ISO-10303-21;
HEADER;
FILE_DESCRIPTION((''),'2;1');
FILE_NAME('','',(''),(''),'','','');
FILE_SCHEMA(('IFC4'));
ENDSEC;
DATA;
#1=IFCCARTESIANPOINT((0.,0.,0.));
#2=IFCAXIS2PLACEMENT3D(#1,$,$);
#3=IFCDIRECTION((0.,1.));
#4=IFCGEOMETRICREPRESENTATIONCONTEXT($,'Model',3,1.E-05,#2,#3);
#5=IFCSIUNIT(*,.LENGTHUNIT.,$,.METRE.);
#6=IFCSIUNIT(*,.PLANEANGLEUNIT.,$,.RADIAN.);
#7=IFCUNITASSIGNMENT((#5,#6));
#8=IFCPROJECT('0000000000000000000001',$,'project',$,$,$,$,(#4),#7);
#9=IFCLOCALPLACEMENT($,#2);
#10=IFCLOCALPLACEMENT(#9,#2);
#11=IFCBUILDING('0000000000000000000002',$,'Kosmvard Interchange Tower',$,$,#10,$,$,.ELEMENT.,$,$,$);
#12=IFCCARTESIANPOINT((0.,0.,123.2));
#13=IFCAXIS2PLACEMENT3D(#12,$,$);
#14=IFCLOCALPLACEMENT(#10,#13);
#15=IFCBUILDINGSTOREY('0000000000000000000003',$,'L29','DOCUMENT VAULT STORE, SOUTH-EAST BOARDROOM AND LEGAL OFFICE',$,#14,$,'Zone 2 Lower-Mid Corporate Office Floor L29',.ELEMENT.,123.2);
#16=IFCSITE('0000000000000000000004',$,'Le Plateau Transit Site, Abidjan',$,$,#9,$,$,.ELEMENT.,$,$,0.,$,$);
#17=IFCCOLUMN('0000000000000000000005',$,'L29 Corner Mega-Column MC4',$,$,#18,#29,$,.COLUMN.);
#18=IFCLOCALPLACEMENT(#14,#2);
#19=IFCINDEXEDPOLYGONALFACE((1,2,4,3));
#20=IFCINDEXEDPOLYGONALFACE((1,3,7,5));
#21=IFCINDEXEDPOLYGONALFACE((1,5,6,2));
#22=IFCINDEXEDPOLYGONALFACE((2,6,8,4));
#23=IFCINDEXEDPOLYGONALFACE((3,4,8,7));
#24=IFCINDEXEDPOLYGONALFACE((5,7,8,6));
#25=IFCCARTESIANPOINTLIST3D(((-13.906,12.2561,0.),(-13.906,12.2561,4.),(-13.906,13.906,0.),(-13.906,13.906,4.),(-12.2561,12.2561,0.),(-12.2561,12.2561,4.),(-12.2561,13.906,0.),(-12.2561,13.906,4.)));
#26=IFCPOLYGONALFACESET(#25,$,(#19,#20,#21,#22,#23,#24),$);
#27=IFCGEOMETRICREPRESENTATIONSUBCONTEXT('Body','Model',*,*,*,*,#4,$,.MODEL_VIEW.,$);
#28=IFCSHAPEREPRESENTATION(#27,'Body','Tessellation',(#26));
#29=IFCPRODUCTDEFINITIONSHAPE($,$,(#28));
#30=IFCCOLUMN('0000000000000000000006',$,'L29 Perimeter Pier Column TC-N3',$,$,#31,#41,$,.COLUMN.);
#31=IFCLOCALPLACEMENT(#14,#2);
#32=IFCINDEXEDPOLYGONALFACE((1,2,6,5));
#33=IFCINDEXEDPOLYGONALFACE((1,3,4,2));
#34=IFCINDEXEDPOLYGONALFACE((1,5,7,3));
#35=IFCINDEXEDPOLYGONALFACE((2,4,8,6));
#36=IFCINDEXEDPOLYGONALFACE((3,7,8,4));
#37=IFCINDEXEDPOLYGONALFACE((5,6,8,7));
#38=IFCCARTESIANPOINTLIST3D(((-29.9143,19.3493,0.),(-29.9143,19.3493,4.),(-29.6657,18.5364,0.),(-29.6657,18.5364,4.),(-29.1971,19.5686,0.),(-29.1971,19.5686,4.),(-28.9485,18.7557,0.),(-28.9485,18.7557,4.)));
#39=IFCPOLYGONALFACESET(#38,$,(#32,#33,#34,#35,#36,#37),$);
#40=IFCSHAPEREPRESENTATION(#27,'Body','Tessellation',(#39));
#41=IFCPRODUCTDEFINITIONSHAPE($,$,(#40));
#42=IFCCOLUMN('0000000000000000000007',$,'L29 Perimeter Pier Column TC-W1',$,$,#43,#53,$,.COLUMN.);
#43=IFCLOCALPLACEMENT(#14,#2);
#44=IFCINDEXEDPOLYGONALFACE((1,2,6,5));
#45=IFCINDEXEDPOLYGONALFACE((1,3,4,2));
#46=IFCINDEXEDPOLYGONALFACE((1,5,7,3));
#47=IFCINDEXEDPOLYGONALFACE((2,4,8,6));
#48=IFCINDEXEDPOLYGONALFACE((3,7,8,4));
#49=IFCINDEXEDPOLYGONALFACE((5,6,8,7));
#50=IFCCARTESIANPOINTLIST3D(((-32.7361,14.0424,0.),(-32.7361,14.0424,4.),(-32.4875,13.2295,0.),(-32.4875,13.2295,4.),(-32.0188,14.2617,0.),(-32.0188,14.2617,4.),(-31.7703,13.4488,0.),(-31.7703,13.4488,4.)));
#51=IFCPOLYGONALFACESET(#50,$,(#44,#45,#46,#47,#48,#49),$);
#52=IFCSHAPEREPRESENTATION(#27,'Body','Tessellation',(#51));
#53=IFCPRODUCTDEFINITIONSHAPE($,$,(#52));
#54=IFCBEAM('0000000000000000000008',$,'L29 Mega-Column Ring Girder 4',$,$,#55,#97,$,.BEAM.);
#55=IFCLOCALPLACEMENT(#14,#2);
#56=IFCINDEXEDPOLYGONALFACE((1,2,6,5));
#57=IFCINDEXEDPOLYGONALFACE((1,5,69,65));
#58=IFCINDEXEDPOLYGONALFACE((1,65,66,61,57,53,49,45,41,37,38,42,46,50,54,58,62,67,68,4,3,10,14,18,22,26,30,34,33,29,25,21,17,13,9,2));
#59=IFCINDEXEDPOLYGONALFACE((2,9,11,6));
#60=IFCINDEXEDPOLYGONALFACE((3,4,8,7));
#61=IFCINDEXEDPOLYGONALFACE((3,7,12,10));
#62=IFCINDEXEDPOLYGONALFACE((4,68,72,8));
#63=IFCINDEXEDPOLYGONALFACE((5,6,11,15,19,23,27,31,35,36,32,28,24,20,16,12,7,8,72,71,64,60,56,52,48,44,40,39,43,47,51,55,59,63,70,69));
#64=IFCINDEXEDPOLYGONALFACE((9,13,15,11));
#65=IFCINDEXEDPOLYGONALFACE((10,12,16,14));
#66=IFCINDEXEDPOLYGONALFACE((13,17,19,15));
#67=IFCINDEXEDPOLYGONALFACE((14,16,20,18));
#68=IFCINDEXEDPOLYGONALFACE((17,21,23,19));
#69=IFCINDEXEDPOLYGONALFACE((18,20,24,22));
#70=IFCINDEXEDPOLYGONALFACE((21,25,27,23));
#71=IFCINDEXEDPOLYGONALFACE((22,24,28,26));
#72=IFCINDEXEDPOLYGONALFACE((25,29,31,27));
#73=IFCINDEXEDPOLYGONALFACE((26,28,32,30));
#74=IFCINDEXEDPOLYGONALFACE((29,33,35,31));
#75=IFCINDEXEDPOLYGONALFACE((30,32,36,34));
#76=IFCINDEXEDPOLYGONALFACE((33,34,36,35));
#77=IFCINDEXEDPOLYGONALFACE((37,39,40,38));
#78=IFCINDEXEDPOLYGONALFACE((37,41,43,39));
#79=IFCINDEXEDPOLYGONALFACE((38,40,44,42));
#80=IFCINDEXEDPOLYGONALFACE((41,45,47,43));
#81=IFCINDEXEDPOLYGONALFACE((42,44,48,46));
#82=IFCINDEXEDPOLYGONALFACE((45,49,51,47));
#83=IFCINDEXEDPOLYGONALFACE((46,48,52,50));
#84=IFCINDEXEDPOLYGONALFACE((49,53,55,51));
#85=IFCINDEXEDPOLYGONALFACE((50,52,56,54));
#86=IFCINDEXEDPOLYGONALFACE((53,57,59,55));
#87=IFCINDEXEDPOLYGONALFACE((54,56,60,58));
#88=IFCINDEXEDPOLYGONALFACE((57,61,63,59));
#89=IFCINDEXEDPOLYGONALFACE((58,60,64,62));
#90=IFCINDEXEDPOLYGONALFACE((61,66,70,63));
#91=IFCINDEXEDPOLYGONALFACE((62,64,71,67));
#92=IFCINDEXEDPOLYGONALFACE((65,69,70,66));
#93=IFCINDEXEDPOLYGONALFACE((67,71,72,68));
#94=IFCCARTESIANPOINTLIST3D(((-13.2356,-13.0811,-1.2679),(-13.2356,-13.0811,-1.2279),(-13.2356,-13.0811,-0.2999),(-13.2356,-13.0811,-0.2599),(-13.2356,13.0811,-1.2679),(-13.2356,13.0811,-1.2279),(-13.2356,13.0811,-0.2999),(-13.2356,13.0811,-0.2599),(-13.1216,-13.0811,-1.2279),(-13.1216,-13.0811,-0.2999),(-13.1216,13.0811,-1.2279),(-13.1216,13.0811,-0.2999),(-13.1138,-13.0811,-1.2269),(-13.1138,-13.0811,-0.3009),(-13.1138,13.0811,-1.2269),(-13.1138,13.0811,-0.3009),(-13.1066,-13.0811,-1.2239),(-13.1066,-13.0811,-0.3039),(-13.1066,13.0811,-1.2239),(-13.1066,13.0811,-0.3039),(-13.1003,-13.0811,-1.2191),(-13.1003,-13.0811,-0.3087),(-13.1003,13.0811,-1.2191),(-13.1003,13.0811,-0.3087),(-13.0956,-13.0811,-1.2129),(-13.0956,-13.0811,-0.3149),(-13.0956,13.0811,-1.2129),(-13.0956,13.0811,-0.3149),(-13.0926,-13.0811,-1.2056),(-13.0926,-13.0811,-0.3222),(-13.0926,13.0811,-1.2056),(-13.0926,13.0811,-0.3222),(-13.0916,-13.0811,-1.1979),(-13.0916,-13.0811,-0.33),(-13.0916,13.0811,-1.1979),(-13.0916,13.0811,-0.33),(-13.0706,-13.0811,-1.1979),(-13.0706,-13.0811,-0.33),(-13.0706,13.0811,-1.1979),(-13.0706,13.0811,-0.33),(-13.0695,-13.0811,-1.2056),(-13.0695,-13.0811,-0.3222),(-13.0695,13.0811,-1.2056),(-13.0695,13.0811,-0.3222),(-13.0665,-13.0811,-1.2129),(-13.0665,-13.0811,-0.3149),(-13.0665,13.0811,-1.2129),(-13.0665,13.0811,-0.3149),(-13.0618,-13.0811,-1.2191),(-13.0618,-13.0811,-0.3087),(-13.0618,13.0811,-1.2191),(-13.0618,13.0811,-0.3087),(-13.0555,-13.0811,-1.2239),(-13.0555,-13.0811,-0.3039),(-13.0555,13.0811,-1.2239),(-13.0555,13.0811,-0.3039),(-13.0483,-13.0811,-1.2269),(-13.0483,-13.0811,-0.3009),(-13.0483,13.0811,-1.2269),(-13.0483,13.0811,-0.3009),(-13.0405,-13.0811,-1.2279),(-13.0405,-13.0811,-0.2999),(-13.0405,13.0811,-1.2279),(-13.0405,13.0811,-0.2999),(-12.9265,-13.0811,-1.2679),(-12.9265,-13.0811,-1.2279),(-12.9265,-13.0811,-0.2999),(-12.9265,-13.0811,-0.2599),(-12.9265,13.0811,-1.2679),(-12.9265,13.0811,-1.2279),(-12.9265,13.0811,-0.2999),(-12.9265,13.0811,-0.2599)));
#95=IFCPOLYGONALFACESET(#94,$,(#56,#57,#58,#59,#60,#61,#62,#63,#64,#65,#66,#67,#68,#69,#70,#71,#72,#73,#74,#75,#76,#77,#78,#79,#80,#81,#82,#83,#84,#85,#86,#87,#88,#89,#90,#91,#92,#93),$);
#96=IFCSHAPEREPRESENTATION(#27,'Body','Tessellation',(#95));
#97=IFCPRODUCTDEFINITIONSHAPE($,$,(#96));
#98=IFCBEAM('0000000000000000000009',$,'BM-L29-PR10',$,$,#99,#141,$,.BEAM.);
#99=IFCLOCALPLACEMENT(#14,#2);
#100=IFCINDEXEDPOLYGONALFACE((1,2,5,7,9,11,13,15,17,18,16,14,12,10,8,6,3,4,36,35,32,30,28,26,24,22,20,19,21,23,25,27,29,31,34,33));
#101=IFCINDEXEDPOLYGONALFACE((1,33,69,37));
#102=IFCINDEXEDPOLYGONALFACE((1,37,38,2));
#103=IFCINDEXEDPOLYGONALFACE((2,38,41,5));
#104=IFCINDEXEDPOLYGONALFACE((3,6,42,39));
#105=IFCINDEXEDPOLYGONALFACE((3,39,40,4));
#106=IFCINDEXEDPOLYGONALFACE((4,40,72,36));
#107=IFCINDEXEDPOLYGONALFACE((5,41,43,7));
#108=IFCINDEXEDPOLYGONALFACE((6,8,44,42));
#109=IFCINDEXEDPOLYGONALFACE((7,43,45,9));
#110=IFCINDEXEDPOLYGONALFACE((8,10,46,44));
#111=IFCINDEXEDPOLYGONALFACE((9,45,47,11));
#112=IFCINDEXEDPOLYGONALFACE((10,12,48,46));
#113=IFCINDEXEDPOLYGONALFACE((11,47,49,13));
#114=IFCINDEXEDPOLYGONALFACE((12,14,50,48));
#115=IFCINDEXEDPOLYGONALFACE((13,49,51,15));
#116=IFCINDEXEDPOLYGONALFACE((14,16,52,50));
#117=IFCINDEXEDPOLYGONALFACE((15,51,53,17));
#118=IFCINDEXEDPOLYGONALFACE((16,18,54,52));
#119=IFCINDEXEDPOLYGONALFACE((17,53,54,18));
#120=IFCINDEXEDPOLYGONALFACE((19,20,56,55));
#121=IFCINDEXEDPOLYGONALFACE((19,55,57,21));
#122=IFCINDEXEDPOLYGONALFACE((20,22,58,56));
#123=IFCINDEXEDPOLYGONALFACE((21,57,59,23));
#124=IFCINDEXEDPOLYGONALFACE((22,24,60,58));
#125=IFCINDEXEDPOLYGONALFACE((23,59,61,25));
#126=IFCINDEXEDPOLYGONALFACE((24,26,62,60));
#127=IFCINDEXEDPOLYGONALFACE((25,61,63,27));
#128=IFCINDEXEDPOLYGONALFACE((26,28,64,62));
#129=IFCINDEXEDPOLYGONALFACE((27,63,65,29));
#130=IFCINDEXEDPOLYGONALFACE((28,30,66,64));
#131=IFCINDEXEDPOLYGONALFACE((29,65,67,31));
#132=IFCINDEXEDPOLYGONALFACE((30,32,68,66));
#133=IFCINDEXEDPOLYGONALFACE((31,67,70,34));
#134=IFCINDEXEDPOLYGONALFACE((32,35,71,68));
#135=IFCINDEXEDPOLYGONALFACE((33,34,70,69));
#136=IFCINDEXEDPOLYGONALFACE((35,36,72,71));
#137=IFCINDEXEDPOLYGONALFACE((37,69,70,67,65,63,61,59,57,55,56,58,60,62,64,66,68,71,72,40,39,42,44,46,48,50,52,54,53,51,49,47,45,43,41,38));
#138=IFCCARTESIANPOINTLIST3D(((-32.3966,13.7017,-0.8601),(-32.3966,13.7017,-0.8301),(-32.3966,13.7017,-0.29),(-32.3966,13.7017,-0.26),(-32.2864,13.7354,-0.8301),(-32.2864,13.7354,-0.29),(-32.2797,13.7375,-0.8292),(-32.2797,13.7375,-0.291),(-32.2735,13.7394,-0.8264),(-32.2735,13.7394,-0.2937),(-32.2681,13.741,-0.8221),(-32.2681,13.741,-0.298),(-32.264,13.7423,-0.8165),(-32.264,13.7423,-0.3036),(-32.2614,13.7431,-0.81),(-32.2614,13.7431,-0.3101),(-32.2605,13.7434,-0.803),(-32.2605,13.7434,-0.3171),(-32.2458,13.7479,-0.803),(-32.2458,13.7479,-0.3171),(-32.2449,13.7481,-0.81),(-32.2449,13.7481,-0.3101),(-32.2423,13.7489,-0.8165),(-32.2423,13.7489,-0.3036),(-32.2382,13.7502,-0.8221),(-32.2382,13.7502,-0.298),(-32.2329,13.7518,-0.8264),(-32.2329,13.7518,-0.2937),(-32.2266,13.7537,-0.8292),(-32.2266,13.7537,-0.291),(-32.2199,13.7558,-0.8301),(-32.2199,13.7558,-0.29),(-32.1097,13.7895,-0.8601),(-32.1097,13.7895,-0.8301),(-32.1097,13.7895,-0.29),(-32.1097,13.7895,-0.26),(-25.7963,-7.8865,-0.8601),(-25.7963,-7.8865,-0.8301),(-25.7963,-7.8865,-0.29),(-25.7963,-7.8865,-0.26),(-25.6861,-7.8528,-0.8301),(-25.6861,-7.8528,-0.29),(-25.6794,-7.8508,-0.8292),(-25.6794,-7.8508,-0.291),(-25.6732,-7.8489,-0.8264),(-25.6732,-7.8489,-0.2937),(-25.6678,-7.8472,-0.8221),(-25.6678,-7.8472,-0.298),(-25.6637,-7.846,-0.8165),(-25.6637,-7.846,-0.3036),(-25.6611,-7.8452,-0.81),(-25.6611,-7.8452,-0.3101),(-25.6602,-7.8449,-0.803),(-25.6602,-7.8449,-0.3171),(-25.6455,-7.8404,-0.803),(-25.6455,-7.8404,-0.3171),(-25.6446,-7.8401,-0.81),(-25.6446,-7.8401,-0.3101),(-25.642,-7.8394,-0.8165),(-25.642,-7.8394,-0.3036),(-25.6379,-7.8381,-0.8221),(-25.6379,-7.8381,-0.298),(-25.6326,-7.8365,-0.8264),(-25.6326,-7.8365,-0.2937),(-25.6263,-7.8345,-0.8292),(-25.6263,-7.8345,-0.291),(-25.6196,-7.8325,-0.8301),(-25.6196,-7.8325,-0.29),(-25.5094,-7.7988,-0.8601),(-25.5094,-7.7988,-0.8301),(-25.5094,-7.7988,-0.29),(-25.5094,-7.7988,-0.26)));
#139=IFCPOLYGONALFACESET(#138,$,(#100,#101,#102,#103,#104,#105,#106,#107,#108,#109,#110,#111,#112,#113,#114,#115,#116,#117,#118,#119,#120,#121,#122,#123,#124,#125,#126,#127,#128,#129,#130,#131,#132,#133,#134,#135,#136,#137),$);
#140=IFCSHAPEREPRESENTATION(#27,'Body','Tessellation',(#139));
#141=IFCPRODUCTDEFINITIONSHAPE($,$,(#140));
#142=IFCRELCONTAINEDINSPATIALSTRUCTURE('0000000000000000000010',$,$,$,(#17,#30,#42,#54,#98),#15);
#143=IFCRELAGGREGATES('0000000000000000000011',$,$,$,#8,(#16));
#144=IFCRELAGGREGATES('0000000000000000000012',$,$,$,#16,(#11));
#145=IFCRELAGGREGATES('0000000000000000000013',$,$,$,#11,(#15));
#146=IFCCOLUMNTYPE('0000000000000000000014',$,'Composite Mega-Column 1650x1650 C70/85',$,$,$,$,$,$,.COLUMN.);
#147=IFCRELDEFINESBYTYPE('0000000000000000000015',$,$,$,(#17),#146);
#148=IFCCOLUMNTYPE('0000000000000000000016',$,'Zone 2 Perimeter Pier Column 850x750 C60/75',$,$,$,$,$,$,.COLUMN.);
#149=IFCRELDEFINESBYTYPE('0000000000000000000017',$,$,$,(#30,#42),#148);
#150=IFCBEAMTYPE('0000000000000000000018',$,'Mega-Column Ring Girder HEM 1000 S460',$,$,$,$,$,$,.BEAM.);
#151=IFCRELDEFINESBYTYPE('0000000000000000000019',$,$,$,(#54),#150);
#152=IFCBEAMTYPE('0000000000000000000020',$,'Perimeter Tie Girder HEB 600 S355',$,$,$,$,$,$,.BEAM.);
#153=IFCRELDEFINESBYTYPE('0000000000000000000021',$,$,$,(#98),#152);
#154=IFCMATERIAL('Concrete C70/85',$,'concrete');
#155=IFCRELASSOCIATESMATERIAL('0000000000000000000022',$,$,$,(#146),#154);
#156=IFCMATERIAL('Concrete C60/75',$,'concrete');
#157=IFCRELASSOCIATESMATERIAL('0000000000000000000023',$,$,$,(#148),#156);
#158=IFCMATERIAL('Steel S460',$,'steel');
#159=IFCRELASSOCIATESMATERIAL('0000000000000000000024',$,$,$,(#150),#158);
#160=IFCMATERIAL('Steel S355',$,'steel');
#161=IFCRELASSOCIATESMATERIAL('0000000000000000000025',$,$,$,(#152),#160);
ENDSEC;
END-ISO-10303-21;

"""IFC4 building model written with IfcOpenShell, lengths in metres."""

from ifc_helpers import new_model, si_unit, direction, frame, origin, origin_2d, place, context, subcontext, project, spatial, rectangle, i_section, extrude, source, transform, mapped, material, material_profile, profile_set, type_object, element, save


model = new_model("IFC4")

# Units and contexts
model_context = context("Model", 3, precision=1e-05, world=origin(), true_north=direction((0.0, 1.0)))
body_context = subcontext(model_context, "Body", "Model", "MODEL_VIEW")
ifc_project = project(units=[si_unit("LENGTHUNIT", "METRE"), si_unit("PLANEANGLEUNIT", "RADIAN")], contexts=[model_context])

# Site, building, storey
site_placement = place(None, origin())
site = spatial("IfcSite", under=ifc_project, at=site_placement, Name="Le Plateau Transit Site, Abidjan", CompositionType="ELEMENT", RefElevation=0.0)
building_placement = place(site_placement, origin())
building = spatial("IfcBuilding", under=site, at=building_placement, Name="Kosmvard Interchange Tower", CompositionType="ELEMENT")
storey_placement = place(building_placement, frame((0.0, 0.0, 123.2)))
storey = spatial("IfcBuildingStorey", under=building, at=storey_placement, Name="L29", Description="DOCUMENT VAULT STORE, SOUTH-EAST BOARDROOM AND LEGAL OFFICE", LongName="Zone 2 Lower-Mid Corporate Office Floor L29", CompositionType="ELEMENT", Elevation=123.2)

# Columns
ifc_material_1 = material(Name="Concrete C70/85", Category="concrete")
ifc_material_profile_1 = material_profile(ifc_material_1, rectangle(XDim=1.6499, YDim=1.6499, at=origin_2d()), Name="MC 1650x1650")
ifc_profile_set_1 = profile_set([ifc_material_profile_1], Name="Concrete C70/85")
column_type_1 = type_object("IfcColumnType", Name="Composite Mega-Column 1650x1650 C70/85", PredefinedType="COLUMN", material=ifc_profile_set_1)
shared_shape_1 = source(origin(), body_context, "Body", "SweptSolid", [
    extrude(rectangle(XDim=1.6499, YDim=1.6499, at=origin_2d()), origin(), (0.0, 0.0, 1.0), 4.0),
])
column_placement = place(storey_placement, frame((-13.0811, 13.0811, 0.0), z_axis=(0.0, 0.0, 1.0), x_axis=(1.0, 0.0, 0.0)))
element("IfcColumn", 1, at=column_placement, inside=storey, type_object=column_type_1, Name="L29 Corner Mega-Column MC4", PredefinedType="COLUMN", context=body_context, shape_type="MappedRepresentation", body=[
    mapped(shared_shape_1, transform((0.0, 0.0, 0.0), scale=1.0)),
])
ifc_material_2 = material(Name="Concrete C60/75", Category="concrete")
ifc_material_profile_2 = material_profile(ifc_material_2, rectangle(XDim=0.75, YDim=0.8501, at=origin_2d()), Name="TC 850x750")
ifc_profile_set_2 = profile_set([ifc_material_profile_2], Name="Concrete C60/75")
column_type_2 = type_object("IfcColumnType", Name="Zone 2 Perimeter Pier Column 850x750 C60/75", PredefinedType="COLUMN", material=ifc_profile_set_2)
shared_shape_2 = source(origin(), body_context, "Body", "SweptSolid", [
    extrude(rectangle(XDim=0.75, YDim=0.8501, at=origin_2d()), origin(), (0.0, 0.0, 1.0), 4.0),
])
for number, where, z_axis, x_axis, name in (
    (2, (-29.4314, 19.0525, 0.0), (0.0, 0.0, 1.0), (0.956305, 0.292372, 0.0), "L29 Perimeter Pier Column TC-N3"),
    (3, (-32.2532, 13.7456, 0.0), (0.0, 0.0, 1.0), (0.956305, 0.292372, 0.0), "L29 Perimeter Pier Column TC-W1"),
):
    element("IfcColumn", number, at=place(storey_placement, frame(where, z_axis=z_axis, x_axis=x_axis)), inside=storey, type_object=column_type_2, Name=name, PredefinedType="COLUMN", context=body_context, shape_type="MappedRepresentation", body=[
        mapped(shared_shape_2, transform((0.0, 0.0, 0.0), scale=1.0)),
    ])

# Beams
ifc_material_3 = material(Name="Steel S460", Category="steel")
ifc_material_profile_3 = material_profile(ifc_material_3, i_section(OverallWidth=0.3091, OverallDepth=1.0081, WebThickness=0.021, FlangeThickness=0.04, FilletRadius=0.03, at=origin_2d()), Name="HEM 1000")
ifc_profile_set_3 = profile_set([ifc_material_profile_3], Name="Steel S460")
beam_type_1 = type_object("IfcBeamType", Name="Mega-Column Ring Girder HEM 1000 S460", PredefinedType="BEAM", material=ifc_profile_set_3)
shared_shape_3 = source(origin(), body_context, "Body", "SweptSolid", [
    extrude(i_section(OverallWidth=0.3091, OverallDepth=1.0081, WebThickness=0.021, FlangeThickness=0.04, FilletRadius=0.03, at=origin_2d()), origin(), (0.0, 0.0, 1.0), 26.1621),
])
beam_1_placement = place(storey_placement, frame((-13.0811, 13.0811, -0.7639), z_axis=(0.0, -1.0, 0.0), x_axis=(1.0, 0.0, 0.0)))
element("IfcBeam", 4, at=beam_1_placement, inside=storey, type_object=beam_type_1, Name="L29 Mega-Column Ring Girder 4", PredefinedType="BEAM", context=body_context, shape_type="MappedRepresentation", body=[
    mapped(shared_shape_3, transform((0.0, 0.0, 0.0), scale=1.0)),
])
ifc_material_4 = material(Name="Steel S355", Category="steel")
ifc_material_profile_4 = material_profile(ifc_material_4, i_section(OverallWidth=0.3, OverallDepth=0.6001, WebThickness=0.0154, FlangeThickness=0.03, FilletRadius=0.0271, at=origin_2d()), Name="HEB 600")
ifc_profile_set_4 = profile_set([ifc_material_profile_4], Name="Steel S355")
beam_type_2 = type_object("IfcBeamType", Name="Perimeter Tie Girder HEB 600 S355", PredefinedType="BEAM", material=ifc_profile_set_4)
shared_shape_4 = source(origin(), body_context, "Body", "SweptSolid", [
    extrude(i_section(OverallWidth=0.3, OverallDepth=0.6001, WebThickness=0.0154, FlangeThickness=0.03, FilletRadius=0.0271, at=origin_2d()), origin(), (0.0, 0.0, 1.0), 22.5747),
])
beam_2_placement = place(storey_placement, frame((-32.2532, 13.7456, -0.5601), z_axis=(0.292376, -0.956303, 0.0), x_axis=(0.956303, 0.292376, 0.0)))
element("IfcBeam", 5, at=beam_2_placement, inside=storey, type_object=beam_type_2, Name="BM-L29-PR10", PredefinedType="BEAM", context=body_context, shape_type="MappedRepresentation", body=[
    mapped(shared_shape_4, transform((0.0, 0.0, 0.0), scale=1.0)),
])

save(model, "model.ifc")
